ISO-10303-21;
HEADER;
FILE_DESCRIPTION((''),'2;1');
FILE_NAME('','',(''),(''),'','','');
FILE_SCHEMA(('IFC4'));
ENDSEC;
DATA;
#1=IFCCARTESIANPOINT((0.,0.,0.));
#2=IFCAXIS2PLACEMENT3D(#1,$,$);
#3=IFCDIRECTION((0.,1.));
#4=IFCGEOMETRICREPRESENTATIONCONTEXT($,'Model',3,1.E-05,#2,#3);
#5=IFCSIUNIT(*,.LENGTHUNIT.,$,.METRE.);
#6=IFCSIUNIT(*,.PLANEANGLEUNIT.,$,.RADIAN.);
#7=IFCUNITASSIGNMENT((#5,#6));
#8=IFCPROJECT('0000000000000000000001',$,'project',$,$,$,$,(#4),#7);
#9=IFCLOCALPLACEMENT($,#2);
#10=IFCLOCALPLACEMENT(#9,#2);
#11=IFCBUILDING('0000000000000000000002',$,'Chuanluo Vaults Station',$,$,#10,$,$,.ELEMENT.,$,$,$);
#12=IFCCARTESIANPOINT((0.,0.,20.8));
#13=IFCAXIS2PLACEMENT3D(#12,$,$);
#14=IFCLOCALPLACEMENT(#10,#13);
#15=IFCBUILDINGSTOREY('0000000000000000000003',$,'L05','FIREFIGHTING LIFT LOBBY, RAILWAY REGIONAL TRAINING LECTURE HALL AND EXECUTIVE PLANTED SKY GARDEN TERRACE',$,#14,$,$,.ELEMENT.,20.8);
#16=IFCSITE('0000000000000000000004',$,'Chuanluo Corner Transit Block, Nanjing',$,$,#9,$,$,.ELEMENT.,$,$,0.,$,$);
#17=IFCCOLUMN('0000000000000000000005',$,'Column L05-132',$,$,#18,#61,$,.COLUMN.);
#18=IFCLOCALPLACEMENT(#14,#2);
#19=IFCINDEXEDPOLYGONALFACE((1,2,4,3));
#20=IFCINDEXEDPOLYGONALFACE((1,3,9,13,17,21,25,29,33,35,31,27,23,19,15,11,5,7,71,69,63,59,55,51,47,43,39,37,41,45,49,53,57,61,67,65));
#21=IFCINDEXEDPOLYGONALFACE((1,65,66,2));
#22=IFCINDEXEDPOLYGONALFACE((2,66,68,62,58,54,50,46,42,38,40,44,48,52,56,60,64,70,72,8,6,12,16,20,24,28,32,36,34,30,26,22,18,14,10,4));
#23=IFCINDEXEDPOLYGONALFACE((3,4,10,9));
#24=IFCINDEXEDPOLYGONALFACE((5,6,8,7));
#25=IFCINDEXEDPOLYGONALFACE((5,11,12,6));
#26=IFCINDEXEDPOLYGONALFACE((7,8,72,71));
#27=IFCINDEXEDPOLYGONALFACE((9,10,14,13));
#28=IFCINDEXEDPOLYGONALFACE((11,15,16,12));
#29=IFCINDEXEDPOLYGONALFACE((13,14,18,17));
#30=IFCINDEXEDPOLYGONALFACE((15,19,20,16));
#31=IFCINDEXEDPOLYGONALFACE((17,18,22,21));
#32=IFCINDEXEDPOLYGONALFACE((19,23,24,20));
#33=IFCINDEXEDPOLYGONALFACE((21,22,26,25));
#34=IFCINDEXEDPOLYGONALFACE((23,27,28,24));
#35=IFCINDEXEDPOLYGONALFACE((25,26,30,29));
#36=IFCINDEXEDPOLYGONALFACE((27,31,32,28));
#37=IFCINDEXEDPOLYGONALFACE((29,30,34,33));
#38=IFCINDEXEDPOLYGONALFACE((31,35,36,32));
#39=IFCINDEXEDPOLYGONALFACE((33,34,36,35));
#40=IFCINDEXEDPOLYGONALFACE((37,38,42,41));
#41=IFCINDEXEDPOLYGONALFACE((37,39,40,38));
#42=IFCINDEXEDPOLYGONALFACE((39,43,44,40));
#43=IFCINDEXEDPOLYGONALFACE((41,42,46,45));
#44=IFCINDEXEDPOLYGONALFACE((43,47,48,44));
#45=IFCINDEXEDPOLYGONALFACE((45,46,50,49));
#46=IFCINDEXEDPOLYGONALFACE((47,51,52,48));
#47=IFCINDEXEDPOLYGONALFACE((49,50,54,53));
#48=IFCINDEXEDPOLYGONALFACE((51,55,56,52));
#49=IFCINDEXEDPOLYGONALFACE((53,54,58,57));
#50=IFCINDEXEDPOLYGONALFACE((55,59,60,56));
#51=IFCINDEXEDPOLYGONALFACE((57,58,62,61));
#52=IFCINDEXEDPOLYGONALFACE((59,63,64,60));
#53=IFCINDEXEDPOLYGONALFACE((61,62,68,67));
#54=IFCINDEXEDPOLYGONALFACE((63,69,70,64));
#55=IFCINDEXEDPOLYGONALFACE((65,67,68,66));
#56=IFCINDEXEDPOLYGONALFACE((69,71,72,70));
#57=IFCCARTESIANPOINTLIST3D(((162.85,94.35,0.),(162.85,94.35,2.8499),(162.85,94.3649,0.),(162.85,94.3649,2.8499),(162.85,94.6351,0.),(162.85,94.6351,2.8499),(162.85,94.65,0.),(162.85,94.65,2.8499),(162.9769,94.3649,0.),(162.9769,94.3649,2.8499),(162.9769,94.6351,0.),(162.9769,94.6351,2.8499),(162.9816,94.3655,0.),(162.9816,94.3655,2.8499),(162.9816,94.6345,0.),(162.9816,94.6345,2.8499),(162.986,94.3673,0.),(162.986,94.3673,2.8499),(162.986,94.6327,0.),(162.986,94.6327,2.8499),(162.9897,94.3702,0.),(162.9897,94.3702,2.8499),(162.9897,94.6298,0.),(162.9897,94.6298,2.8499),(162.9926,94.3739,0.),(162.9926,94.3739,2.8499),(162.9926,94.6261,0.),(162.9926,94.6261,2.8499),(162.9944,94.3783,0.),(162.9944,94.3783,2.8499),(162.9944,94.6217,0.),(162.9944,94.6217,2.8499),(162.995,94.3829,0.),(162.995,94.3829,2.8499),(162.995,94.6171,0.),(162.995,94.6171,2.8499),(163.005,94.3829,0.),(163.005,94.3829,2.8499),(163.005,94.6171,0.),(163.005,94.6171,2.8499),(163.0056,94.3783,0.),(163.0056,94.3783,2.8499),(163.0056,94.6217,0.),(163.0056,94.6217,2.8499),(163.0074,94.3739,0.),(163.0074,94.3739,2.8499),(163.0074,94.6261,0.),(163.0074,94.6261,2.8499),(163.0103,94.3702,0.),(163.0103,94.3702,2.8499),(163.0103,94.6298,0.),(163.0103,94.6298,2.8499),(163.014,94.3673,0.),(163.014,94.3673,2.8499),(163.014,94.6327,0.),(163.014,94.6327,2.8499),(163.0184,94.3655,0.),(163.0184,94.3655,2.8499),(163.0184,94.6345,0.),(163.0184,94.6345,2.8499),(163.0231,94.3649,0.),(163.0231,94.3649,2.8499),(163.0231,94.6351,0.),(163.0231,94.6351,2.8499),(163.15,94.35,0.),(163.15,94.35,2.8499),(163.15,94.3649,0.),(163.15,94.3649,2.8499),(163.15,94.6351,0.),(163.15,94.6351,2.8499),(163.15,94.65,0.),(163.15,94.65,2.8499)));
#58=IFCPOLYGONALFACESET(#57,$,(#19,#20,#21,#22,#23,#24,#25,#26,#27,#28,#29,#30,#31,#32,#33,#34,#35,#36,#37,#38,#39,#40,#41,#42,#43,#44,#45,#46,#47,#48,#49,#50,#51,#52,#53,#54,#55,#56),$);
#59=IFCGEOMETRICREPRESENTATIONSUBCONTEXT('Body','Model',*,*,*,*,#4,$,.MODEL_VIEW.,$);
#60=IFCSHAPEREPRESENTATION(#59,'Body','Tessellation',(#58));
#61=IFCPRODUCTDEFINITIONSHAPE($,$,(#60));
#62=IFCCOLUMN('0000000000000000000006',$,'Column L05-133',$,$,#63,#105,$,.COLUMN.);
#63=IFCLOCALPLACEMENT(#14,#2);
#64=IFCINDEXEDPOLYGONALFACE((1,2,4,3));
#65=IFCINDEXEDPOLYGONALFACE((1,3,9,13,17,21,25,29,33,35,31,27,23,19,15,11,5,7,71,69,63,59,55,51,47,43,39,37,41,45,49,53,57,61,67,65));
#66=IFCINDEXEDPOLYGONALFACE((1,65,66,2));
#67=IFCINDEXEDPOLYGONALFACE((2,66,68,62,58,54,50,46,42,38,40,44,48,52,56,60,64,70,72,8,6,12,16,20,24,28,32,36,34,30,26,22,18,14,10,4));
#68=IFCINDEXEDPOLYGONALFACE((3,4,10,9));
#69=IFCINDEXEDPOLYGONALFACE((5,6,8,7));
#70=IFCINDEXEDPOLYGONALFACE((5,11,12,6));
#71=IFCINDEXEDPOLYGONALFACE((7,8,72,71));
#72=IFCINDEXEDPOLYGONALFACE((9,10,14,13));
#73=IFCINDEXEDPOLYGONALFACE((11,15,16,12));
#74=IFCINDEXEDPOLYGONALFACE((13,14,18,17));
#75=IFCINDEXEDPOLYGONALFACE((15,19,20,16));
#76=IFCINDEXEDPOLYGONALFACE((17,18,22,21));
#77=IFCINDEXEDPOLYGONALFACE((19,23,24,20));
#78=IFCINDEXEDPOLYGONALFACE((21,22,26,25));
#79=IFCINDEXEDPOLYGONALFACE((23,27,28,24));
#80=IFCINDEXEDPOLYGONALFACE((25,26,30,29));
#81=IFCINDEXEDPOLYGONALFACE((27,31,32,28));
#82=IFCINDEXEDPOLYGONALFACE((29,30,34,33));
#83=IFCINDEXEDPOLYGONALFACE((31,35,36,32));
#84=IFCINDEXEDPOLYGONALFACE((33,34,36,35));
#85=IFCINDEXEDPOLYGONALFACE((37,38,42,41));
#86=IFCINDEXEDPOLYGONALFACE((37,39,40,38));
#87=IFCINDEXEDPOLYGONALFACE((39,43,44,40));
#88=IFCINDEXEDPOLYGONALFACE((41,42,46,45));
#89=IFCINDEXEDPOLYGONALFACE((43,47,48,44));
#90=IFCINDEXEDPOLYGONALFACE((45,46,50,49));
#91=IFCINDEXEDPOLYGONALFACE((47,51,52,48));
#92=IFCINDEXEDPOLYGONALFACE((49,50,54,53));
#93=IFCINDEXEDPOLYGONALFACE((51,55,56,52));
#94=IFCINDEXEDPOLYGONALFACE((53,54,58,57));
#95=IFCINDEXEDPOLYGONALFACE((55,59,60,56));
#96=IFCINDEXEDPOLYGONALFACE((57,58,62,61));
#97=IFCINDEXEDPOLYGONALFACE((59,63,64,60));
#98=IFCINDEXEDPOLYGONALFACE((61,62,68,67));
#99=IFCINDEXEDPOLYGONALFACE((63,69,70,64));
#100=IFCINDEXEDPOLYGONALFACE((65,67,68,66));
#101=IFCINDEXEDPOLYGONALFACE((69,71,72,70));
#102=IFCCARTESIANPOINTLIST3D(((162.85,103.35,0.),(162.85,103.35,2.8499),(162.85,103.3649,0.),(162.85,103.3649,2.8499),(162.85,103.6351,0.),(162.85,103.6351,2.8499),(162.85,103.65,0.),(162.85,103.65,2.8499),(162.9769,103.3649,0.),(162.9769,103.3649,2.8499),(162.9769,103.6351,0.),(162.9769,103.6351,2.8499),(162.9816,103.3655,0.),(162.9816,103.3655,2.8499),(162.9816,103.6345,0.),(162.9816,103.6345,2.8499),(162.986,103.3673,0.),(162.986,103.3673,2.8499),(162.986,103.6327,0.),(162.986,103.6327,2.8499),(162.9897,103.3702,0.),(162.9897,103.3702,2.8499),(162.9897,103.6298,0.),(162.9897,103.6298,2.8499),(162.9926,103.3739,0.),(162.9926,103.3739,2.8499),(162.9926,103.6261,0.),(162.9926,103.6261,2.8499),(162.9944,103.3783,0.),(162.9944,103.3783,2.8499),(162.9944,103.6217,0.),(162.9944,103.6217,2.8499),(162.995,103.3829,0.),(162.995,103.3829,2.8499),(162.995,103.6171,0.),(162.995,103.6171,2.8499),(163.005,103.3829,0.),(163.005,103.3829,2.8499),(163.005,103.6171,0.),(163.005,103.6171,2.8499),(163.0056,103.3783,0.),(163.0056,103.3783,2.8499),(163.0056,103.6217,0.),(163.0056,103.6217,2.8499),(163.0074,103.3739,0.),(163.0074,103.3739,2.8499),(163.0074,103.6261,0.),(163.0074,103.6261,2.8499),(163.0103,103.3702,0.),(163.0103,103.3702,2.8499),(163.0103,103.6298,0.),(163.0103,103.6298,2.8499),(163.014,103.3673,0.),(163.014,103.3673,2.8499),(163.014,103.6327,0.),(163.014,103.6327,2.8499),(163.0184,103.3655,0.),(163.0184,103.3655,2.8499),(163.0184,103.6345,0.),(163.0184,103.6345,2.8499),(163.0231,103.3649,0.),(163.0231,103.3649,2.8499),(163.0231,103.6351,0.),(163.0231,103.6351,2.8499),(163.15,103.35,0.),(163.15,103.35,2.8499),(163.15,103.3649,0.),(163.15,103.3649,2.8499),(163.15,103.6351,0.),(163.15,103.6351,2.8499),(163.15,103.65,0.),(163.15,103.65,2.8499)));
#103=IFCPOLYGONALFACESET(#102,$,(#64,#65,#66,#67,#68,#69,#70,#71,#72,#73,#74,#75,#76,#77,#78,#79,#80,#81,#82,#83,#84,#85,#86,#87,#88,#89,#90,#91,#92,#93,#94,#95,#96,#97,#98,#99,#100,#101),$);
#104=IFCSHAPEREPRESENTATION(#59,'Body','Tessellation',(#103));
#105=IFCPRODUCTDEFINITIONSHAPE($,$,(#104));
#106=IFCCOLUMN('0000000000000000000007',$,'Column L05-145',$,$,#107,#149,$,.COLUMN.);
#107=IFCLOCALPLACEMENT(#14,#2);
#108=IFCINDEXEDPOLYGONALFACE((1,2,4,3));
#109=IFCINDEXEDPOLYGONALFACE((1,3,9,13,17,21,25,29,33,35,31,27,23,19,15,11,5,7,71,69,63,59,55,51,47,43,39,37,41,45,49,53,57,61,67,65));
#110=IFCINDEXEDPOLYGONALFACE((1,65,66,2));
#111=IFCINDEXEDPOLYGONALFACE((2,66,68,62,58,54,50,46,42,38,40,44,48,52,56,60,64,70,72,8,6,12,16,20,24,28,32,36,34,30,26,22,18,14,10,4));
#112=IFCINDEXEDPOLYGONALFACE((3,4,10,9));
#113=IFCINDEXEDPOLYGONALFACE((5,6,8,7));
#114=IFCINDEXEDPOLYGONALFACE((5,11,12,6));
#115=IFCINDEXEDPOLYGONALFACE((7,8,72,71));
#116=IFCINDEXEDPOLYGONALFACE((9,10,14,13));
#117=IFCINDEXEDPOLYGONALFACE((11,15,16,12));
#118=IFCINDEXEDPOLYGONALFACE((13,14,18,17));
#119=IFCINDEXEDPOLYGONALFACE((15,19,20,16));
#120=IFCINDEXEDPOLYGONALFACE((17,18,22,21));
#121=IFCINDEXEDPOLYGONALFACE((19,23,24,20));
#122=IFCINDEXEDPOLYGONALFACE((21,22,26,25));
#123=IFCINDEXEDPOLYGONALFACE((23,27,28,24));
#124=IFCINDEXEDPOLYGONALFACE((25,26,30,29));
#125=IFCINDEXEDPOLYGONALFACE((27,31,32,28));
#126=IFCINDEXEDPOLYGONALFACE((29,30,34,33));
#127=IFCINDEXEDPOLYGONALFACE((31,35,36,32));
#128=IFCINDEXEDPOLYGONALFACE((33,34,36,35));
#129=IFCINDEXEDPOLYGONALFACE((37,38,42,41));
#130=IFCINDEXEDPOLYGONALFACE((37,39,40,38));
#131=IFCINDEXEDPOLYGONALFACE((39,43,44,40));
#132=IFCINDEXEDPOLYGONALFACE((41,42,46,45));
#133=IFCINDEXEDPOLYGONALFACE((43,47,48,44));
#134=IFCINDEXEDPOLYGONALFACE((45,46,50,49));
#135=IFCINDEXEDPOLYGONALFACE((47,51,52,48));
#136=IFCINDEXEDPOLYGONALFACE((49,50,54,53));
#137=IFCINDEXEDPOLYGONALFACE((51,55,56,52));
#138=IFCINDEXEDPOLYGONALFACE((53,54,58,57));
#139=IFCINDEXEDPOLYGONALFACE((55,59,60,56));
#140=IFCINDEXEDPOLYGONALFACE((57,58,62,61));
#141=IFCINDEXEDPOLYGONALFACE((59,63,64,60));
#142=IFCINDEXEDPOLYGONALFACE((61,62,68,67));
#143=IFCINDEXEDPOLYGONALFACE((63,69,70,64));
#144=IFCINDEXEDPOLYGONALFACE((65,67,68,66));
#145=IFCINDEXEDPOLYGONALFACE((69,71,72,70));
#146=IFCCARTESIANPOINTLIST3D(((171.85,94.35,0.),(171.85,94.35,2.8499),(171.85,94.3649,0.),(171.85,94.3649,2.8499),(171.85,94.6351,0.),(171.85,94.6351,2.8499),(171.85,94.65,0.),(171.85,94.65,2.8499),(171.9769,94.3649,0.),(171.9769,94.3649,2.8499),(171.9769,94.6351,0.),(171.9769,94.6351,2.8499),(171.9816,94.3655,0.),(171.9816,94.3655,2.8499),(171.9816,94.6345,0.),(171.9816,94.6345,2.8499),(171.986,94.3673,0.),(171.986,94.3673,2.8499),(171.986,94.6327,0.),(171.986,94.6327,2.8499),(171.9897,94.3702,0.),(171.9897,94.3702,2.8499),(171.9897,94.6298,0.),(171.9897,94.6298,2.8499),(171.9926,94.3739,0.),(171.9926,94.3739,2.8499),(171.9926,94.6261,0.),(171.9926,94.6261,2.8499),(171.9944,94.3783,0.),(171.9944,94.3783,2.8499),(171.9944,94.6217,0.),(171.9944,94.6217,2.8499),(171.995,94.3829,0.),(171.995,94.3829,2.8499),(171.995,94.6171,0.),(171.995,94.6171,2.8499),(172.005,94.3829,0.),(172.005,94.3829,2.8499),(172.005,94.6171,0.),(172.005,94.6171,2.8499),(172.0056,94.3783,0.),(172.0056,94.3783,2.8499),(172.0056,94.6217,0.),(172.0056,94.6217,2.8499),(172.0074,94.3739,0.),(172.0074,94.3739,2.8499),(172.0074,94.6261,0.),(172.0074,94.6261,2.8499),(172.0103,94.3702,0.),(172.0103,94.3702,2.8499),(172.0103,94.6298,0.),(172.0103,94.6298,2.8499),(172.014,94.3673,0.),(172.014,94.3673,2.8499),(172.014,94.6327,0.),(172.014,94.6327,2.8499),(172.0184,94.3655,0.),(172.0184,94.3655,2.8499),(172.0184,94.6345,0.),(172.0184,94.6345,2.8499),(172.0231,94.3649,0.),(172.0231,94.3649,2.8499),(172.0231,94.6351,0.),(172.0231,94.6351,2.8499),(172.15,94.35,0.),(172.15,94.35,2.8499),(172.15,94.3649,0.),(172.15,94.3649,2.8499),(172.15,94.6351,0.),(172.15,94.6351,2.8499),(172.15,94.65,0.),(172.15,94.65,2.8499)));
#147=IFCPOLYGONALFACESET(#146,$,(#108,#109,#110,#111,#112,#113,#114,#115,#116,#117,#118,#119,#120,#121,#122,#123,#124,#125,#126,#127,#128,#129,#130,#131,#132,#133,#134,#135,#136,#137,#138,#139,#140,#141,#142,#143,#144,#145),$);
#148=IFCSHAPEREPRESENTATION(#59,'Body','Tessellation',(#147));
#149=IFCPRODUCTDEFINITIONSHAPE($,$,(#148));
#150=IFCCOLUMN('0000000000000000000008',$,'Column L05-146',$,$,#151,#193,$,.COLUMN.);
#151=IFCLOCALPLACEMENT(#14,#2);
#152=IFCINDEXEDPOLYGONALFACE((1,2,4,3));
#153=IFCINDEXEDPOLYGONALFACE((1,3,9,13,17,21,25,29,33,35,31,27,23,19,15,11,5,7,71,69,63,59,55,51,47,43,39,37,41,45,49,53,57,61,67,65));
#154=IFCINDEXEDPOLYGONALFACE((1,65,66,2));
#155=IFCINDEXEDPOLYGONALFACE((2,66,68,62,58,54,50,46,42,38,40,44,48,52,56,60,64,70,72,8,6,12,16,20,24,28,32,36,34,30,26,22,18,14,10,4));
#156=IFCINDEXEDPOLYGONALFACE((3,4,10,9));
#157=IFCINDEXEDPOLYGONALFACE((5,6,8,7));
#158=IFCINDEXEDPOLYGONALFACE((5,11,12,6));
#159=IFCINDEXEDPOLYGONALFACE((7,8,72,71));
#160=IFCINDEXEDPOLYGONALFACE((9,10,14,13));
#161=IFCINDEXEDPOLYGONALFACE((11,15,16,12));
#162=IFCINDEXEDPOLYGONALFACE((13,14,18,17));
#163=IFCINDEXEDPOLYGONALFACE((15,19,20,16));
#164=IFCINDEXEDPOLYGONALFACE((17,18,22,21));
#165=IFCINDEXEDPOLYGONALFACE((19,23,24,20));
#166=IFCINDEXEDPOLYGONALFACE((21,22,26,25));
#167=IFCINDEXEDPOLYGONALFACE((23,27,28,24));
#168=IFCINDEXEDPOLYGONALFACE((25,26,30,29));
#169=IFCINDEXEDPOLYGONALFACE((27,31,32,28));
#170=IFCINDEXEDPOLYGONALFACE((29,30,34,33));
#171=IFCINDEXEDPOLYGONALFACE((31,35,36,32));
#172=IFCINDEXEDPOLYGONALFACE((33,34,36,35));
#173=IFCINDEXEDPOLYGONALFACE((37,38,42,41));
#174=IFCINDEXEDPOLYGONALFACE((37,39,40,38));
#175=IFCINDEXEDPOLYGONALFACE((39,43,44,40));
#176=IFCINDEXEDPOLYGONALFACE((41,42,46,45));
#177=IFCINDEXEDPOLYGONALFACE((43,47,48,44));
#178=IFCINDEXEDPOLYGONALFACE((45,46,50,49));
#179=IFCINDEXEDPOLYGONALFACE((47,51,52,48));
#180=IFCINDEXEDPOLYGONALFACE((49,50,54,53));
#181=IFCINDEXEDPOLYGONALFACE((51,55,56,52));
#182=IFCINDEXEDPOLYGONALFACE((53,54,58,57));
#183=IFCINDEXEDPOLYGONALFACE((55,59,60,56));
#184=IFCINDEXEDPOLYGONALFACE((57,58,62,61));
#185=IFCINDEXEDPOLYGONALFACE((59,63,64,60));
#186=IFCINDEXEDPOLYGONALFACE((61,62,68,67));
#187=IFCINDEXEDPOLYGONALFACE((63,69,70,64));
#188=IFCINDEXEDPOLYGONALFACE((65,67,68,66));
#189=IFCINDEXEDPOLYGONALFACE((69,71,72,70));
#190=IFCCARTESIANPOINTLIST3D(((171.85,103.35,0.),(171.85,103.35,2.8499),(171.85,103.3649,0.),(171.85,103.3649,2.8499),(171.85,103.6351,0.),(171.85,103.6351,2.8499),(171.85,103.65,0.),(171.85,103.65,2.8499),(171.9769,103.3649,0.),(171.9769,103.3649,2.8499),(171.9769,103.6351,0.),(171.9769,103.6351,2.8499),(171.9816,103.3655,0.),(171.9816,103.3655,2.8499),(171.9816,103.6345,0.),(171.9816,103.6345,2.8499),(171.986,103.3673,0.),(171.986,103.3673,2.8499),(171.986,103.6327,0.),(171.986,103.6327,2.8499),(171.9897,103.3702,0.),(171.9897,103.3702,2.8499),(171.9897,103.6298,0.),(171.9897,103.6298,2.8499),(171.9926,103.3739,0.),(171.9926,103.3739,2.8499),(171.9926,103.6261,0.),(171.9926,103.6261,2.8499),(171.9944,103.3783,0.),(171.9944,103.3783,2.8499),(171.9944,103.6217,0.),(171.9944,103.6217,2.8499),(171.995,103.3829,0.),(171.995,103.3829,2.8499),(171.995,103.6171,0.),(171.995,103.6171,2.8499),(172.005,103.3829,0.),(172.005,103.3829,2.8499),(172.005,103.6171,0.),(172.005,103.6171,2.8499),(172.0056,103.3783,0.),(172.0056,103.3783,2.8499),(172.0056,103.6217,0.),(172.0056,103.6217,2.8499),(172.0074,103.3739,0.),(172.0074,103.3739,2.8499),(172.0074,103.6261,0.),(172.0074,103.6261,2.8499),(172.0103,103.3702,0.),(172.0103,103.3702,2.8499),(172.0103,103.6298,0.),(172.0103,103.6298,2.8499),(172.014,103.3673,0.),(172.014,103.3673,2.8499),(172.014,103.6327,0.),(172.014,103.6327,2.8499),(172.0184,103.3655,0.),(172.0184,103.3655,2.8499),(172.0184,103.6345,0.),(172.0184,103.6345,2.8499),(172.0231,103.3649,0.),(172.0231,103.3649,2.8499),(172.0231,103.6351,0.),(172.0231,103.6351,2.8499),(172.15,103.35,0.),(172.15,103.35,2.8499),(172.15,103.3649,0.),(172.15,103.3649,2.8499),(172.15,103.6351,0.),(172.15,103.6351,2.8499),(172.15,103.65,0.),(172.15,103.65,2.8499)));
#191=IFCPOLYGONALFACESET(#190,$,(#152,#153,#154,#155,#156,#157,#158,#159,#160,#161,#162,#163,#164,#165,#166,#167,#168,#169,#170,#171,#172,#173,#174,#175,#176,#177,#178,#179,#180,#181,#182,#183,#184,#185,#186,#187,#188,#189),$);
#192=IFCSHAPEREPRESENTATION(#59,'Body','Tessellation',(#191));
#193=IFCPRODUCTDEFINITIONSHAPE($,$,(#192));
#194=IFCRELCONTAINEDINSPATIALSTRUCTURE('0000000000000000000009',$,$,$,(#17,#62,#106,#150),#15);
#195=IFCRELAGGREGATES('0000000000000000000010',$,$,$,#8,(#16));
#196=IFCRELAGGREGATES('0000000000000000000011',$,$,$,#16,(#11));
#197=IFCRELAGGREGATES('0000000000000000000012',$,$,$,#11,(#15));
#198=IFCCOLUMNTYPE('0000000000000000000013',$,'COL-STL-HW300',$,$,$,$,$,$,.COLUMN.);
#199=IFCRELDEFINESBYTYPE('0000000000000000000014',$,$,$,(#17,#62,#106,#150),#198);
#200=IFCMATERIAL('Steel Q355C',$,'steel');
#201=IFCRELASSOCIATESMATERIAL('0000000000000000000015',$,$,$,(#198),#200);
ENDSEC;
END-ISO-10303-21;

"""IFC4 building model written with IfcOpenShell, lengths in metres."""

from ifc_helpers import new_model, si_unit, direction, frame, origin, origin_2d, place, context, subcontext, project, spatial, i_section, extrude, material, material_profile, profile_set, type_object, element, save


model = new_model("IFC4")

# Units and contexts
model_context = context("Model", 3, precision=1e-05, world=origin(), true_north=direction((0.0, 1.0)))
body_context = subcontext(model_context, "Body", "Model", "MODEL_VIEW")
ifc_project = project(units=[si_unit("LENGTHUNIT", "METRE"), si_unit("PLANEANGLEUNIT", "RADIAN")], contexts=[model_context])

# Site, building, storey
site_placement = place(None, origin())
site = spatial("IfcSite", under=ifc_project, at=site_placement, Name="Chuanluo Corner Transit Block, Nanjing", CompositionType="ELEMENT", RefElevation=0.0)
building_placement = place(site_placement, origin())
building = spatial("IfcBuilding", under=site, at=building_placement, Name="Chuanluo Vaults Station", CompositionType="ELEMENT")
storey_placement = place(building_placement, frame((0.0, 0.0, 20.8)))
storey = spatial("IfcBuildingStorey", under=building, at=storey_placement, Name="L05", Description="FIREFIGHTING LIFT LOBBY, RAILWAY REGIONAL TRAINING LECTURE HALL AND EXECUTIVE PLANTED SKY GARDEN TERRACE", CompositionType="ELEMENT", Elevation=20.8)

# Columns
ifc_material_1 = material(Name="Steel Q355C", Category="steel")
ifc_material_profile_1 = material_profile(ifc_material_1, i_section(OverallWidth=0.3, OverallDepth=0.3, WebThickness=0.01, FlangeThickness=0.0149, FilletRadius=0.0181, at=origin_2d()))
ifc_profile_set_1 = profile_set([ifc_material_profile_1], Name="Steel Q355C")
column_type = type_object("IfcColumnType", Name="COL-STL-HW300", PredefinedType="COLUMN", material=ifc_profile_set_1)
for number, where, z_axis, x_axis, name in (
    (1, (163.0, 94.5, 0.0), (0.0, 0.0, 1.0), (1.0, 0.0, 0.0), "Column L05-132"),
    (2, (163.0, 103.5, 0.0), (0.0, 0.0, 1.0), (1.0, 0.0, 0.0), "Column L05-133"),
    (3, (172.0, 94.5, 0.0), (0.0, 0.0, 1.0), (1.0, 0.0, 0.0), "Column L05-145"),
    (4, (172.0, 103.5, 0.0), (0.0, 0.0, 1.0), (1.0, 0.0, 0.0), "Column L05-146"),
):
    element("IfcColumn", number, at=place(storey_placement, frame(where, z_axis=z_axis, x_axis=x_axis)), inside=storey, type_object=column_type, Name=name, PredefinedType="COLUMN", context=body_context, shape_type="SweptSolid", body=[
        extrude(i_section(OverallWidth=0.3, OverallDepth=0.3, WebThickness=0.01, FlangeThickness=0.0149, FilletRadius=0.0181, at=origin_2d()), origin(), (0.0, 0.0, 1.0), 2.8499),
    ])

save(model, "model.ifc")
